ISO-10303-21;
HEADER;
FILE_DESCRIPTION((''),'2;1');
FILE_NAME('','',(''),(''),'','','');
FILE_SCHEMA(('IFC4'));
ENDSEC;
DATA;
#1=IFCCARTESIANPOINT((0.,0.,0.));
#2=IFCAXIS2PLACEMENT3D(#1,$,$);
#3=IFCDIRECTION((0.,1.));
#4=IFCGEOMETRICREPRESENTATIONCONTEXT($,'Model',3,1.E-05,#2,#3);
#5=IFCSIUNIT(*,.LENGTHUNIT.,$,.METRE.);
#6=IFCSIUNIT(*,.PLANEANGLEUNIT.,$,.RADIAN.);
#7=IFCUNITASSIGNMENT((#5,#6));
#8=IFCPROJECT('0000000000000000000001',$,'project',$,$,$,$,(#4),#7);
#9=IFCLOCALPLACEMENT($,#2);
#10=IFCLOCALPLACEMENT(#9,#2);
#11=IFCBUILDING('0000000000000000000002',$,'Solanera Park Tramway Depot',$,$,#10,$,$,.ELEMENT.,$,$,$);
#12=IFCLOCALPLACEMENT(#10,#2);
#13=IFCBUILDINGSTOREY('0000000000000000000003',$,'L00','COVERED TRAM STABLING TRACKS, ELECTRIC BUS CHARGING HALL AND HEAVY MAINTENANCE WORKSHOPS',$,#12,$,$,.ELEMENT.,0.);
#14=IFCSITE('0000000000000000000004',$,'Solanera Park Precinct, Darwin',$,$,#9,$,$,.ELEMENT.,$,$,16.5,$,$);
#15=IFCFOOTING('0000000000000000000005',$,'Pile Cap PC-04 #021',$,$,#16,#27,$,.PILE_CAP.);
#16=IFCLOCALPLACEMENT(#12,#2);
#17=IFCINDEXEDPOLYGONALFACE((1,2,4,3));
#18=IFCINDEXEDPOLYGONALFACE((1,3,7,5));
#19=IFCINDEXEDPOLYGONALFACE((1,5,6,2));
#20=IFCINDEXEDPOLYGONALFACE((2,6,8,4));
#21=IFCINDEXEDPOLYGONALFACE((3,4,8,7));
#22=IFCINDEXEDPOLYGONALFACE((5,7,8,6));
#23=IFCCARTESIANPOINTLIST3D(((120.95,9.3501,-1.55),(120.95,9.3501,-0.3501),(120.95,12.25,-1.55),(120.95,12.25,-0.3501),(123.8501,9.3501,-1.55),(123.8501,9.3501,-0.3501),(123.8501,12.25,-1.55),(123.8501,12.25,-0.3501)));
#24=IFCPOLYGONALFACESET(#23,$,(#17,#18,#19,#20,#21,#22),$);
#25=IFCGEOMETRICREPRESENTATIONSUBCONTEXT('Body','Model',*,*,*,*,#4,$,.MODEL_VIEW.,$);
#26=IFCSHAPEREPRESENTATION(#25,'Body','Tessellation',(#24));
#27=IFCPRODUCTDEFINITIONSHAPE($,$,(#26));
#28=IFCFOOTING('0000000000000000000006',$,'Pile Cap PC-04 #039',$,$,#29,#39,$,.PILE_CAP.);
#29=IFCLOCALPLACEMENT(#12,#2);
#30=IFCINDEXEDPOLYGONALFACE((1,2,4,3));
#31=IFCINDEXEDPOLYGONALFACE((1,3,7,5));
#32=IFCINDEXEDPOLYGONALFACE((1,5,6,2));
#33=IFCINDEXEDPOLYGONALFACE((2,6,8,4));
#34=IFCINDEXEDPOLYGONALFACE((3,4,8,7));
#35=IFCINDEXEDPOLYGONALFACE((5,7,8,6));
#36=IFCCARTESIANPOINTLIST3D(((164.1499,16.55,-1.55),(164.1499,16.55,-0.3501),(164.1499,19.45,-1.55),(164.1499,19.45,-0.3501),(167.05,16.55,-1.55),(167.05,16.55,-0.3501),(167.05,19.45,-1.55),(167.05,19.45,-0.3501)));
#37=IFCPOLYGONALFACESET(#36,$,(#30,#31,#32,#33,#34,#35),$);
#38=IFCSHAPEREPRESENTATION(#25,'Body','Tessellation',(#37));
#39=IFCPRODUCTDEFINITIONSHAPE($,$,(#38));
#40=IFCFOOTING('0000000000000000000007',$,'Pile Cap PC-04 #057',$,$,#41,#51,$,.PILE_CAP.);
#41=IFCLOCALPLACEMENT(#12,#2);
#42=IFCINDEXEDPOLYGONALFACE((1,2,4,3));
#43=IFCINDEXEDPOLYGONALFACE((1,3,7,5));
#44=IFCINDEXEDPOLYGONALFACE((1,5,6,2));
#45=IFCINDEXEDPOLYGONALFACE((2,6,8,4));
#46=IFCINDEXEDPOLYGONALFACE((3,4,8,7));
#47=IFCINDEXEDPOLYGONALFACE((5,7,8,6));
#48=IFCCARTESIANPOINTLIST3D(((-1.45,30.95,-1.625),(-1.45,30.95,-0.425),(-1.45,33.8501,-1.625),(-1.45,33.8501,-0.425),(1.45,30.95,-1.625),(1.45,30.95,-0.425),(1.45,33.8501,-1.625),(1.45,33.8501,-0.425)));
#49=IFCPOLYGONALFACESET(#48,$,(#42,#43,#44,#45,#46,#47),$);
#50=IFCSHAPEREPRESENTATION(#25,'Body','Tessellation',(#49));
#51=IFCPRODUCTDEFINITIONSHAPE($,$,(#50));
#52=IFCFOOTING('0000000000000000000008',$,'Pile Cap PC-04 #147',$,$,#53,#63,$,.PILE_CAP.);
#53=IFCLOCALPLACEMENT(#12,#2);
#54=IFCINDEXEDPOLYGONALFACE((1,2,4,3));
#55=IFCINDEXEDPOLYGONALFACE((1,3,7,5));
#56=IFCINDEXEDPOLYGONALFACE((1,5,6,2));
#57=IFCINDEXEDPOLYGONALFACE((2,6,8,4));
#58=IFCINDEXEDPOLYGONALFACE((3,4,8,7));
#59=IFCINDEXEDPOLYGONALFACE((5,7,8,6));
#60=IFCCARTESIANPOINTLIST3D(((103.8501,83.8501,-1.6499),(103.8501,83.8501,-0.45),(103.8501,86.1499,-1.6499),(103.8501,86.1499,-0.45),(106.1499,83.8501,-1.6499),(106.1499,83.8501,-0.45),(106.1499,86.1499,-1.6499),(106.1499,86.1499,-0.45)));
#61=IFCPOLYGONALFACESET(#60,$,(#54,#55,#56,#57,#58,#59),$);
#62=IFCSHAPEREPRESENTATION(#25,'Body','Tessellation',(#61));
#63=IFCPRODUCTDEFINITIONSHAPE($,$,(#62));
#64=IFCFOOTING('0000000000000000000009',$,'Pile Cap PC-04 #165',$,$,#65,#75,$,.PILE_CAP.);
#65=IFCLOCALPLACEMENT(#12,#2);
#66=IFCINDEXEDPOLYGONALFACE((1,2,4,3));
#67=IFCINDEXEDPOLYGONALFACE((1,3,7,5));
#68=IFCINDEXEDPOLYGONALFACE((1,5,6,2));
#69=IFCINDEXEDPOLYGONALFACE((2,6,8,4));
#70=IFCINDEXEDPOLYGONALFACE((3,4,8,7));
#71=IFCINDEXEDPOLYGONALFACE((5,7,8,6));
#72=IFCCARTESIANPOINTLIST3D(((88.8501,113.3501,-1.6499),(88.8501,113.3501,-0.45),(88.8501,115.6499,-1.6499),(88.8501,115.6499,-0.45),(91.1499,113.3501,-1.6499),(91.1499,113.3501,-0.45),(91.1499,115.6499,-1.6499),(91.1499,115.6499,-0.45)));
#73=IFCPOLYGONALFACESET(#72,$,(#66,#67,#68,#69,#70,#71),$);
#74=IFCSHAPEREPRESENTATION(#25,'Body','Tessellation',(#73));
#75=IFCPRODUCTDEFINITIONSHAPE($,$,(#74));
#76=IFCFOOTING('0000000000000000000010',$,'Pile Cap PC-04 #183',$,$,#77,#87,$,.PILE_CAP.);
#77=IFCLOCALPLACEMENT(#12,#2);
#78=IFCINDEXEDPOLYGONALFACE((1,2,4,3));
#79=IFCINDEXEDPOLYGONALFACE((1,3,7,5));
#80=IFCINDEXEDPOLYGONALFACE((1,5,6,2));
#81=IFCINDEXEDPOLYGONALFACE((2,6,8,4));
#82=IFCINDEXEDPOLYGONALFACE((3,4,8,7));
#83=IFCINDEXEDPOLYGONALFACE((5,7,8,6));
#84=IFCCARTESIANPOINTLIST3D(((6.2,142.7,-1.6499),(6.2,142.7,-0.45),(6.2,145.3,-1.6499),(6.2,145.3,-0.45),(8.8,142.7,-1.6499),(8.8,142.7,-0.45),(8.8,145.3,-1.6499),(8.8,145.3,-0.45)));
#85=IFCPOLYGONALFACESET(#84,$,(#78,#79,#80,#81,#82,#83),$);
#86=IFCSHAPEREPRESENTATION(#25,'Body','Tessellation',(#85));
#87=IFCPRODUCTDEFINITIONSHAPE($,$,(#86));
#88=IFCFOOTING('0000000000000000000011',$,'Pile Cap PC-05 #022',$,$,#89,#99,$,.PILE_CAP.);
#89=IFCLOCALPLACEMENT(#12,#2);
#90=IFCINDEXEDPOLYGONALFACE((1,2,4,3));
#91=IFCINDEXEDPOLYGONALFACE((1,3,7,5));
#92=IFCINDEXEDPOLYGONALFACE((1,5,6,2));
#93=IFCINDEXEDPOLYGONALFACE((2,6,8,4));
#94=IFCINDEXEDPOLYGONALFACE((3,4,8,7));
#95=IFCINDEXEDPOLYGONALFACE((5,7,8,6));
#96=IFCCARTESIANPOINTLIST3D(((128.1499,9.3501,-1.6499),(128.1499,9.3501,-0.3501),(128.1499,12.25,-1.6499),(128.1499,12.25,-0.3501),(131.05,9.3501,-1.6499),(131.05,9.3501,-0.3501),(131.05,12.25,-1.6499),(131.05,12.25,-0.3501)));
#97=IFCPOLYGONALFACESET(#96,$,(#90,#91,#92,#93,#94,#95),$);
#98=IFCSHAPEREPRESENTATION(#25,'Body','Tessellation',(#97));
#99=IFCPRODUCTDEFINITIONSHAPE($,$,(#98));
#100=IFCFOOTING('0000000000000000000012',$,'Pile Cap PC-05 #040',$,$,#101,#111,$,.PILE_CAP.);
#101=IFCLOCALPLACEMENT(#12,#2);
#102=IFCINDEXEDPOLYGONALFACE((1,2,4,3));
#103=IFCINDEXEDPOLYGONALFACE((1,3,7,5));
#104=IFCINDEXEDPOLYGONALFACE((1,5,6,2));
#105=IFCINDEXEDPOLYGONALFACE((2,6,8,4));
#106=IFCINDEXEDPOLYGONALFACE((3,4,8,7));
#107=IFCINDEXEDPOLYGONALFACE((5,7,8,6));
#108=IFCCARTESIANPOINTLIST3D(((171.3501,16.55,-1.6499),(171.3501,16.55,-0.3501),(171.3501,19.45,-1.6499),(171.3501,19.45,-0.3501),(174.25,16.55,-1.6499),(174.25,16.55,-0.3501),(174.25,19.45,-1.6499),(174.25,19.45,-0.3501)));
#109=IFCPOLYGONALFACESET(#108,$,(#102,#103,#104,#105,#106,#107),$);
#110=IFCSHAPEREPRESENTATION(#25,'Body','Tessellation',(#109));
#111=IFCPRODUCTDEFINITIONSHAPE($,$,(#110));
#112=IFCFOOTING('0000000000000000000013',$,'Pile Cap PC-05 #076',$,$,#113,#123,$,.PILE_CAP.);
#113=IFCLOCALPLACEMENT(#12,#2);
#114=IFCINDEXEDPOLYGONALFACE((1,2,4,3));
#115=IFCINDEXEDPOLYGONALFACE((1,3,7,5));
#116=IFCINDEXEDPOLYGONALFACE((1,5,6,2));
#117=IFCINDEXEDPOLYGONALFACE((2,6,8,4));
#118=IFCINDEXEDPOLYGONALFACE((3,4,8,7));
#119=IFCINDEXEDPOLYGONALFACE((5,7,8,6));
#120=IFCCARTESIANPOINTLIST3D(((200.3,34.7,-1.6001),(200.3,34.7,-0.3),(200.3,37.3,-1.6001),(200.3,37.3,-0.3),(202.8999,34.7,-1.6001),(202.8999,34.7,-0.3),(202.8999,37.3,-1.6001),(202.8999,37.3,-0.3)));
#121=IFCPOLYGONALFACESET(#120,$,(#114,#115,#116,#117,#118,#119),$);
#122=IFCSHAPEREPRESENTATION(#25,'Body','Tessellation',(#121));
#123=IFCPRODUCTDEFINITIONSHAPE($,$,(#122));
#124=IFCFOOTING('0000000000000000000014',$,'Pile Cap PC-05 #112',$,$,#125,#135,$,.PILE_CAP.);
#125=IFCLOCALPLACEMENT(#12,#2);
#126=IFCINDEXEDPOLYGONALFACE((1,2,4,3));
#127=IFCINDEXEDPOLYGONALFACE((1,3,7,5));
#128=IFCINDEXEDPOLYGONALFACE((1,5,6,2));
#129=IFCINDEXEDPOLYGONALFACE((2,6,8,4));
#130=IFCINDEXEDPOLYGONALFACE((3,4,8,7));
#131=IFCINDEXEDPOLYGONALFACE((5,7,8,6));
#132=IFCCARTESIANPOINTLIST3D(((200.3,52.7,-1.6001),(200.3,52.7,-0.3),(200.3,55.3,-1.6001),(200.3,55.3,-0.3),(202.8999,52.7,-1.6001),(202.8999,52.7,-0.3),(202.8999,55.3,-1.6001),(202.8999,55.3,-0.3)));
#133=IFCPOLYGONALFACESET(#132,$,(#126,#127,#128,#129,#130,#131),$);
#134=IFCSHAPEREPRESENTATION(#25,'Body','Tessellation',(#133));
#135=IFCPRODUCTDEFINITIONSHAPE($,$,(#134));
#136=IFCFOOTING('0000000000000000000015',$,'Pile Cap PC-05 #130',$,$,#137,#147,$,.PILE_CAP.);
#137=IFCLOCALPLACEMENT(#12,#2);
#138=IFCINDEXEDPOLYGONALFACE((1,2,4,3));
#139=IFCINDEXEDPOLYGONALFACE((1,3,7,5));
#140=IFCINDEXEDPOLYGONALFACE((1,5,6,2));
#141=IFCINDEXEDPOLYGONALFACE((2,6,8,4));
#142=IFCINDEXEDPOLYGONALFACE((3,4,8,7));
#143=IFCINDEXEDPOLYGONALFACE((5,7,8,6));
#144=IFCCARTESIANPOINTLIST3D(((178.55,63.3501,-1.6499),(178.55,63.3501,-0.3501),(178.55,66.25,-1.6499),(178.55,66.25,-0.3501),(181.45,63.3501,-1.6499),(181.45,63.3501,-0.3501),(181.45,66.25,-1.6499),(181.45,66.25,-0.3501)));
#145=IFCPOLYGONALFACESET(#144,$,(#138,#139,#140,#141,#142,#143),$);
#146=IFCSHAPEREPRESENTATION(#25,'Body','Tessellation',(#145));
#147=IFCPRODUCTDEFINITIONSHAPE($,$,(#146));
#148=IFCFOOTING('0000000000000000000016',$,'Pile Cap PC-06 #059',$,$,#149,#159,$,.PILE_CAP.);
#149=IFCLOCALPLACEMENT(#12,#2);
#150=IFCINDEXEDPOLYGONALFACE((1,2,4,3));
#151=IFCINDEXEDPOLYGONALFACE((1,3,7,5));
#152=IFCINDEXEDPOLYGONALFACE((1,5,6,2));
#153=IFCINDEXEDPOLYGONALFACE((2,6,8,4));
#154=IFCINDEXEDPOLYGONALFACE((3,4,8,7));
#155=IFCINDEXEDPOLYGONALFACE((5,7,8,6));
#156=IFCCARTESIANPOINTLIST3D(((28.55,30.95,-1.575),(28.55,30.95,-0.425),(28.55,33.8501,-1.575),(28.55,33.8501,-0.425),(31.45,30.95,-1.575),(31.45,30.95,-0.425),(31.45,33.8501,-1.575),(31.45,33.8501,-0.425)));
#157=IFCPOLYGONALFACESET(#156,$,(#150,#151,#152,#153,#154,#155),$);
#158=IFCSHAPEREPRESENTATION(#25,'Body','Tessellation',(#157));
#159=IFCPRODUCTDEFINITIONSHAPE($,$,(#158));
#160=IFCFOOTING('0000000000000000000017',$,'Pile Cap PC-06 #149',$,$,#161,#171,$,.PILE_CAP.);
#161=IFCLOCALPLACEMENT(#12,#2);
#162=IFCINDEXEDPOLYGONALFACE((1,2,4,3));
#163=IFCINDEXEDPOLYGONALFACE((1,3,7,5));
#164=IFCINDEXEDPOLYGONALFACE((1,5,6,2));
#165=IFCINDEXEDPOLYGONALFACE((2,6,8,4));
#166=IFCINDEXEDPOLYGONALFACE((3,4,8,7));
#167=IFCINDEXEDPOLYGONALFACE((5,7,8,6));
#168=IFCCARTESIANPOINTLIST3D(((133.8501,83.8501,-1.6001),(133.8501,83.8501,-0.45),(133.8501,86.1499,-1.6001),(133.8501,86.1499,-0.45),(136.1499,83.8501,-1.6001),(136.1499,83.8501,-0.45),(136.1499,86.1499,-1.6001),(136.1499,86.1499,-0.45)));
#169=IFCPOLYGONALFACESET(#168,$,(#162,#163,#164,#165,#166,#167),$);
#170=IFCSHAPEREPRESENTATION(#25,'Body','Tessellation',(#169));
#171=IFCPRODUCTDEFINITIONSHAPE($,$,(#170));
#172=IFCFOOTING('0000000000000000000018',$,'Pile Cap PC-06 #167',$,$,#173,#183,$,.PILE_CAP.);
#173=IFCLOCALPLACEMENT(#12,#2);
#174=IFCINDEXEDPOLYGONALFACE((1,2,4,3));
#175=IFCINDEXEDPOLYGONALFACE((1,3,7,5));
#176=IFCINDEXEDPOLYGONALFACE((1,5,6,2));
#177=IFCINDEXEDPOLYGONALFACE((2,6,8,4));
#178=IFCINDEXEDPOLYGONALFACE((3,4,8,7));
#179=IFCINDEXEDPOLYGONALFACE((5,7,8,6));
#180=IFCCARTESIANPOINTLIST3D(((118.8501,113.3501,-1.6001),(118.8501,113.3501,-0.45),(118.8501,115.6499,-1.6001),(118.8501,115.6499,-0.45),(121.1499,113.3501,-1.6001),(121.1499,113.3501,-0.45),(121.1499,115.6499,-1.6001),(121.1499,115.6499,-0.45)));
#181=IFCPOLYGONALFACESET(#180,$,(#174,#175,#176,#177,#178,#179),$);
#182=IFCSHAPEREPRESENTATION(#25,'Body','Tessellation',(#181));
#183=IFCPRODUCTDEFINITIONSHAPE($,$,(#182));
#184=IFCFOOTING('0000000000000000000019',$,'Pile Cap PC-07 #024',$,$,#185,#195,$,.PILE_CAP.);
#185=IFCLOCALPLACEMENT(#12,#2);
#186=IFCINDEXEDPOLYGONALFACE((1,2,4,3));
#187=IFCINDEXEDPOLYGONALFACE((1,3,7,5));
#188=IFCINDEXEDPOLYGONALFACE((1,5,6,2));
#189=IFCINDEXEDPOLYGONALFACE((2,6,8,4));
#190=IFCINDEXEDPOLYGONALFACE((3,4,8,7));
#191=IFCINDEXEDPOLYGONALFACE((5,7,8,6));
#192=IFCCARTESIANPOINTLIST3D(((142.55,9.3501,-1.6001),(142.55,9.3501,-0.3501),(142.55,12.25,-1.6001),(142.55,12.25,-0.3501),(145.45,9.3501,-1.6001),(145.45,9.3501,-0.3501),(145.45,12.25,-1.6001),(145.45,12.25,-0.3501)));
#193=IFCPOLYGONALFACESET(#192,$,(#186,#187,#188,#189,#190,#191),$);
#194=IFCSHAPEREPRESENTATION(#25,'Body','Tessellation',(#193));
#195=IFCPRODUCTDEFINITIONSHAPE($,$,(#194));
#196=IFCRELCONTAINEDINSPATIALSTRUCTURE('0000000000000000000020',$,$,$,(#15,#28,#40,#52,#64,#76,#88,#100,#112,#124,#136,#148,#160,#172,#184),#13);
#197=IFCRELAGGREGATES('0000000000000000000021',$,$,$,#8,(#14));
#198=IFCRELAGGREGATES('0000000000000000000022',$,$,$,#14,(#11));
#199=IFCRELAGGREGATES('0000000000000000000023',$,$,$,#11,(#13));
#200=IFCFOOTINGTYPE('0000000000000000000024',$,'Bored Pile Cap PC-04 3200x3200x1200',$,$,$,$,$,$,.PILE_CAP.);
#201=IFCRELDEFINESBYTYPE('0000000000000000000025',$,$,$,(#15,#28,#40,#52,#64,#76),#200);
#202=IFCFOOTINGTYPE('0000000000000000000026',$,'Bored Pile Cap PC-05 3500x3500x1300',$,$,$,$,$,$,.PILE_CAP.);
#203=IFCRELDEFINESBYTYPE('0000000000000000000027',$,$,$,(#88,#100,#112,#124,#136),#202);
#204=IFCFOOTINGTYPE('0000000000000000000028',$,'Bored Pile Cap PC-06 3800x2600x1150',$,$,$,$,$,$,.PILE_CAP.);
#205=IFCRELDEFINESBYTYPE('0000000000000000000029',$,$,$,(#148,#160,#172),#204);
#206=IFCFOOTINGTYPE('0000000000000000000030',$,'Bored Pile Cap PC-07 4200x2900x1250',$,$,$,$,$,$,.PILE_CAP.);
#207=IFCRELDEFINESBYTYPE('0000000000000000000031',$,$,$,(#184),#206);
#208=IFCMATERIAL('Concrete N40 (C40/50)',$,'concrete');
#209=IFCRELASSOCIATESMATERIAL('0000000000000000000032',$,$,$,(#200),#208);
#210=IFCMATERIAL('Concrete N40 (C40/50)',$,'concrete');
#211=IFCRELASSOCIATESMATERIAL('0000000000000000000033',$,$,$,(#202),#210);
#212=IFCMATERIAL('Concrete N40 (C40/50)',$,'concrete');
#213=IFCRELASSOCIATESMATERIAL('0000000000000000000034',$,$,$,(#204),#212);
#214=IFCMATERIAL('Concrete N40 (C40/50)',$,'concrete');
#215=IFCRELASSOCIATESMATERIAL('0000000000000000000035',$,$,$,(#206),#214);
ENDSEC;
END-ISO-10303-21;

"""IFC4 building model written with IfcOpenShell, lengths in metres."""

from ifc_helpers import new_model, si_unit, direction, frame, origin, place, context, subcontext, project, spatial, polyline, outline, extrude, material, type_object, element, save


model = new_model("IFC4")

# Units and contexts
model_context = context("Model", 3, precision=1e-05, world=origin(), true_north=direction((0.0, 1.0)))
body_context = subcontext(model_context, "Body", "Model", "MODEL_VIEW")
ifc_project = project(units=[si_unit("LENGTHUNIT", "METRE"), si_unit("PLANEANGLEUNIT", "RADIAN")], contexts=[model_context])

# Site, building, storey
site_placement = place(None, origin())
site = spatial("IfcSite", under=ifc_project, at=site_placement, Name="Solanera Park Precinct, Darwin", CompositionType="ELEMENT", RefElevation=16.5)
building_placement = place(site_placement, origin())
building = spatial("IfcBuilding", under=site, at=building_placement, Name="Solanera Park Tramway Depot", CompositionType="ELEMENT")
storey_placement = place(building_placement, origin())
storey = spatial("IfcBuildingStorey", under=building, at=storey_placement, Name="L00", Description="COVERED TRAM STABLING TRACKS, ELECTRIC BUS CHARGING HALL AND HEAVY MAINTENANCE WORKSHOPS", CompositionType="ELEMENT", Elevation=0.0)

# Footings
ifc_material_1 = material(Name="Concrete N40 (C40/50)", Category="concrete")
footing_type_1 = type_object("IfcFootingType", Name="Bored Pile Cap PC-04 3200x3200x1200", PredefinedType="PILE_CAP", material=ifc_material_1)
footing_1_placement = place(storey_placement, frame((0.0, 0.0, -1.55)))
element("IfcFooting", 1, at=footing_1_placement, inside=storey, type_object=footing_type_1, Name="Pile Cap PC-04 #021", PredefinedType="PILE_CAP", context=body_context, shape_type="SweptSolid", body=[
    extrude(outline(polyline([(123.8501, 9.3501), (123.8501, 12.25), (120.95, 12.25), (120.95, 9.3501), (123.8501, 9.3501)])), origin(), (0.0, 0.0, 1.0), 1.2),
])
footing_2_placement = place(storey_placement, frame((0.0, 0.0, -1.55)))
element("IfcFooting", 2, at=footing_2_placement, inside=storey, type_object=footing_type_1, Name="Pile Cap PC-04 #039", PredefinedType="PILE_CAP", context=body_context, shape_type="SweptSolid", body=[
    extrude(outline(polyline([(167.05, 16.55), (167.05, 19.45), (164.1499, 19.45), (164.1499, 16.55), (167.05, 16.55)])), origin(), (0.0, 0.0, 1.0), 1.2),
])
footing_3_placement = place(storey_placement, frame((0.0, 0.0, -1.625)))
element("IfcFooting", 3, at=footing_3_placement, inside=storey, type_object=footing_type_1, Name="Pile Cap PC-04 #057", PredefinedType="PILE_CAP", context=body_context, shape_type="SweptSolid", body=[
    extrude(outline(polyline([(1.45, 30.95), (1.45, 33.8501), (-1.45, 33.8501), (-1.45, 30.95), (1.45, 30.95)])), origin(), (0.0, 0.0, 1.0), 1.2),
])
footing_4_placement = place(storey_placement, frame((0.0, 0.0, -1.6499)))
element("IfcFooting", 4, at=footing_4_placement, inside=storey, type_object=footing_type_1, Name="Pile Cap PC-04 #147", PredefinedType="PILE_CAP", context=body_context, shape_type="SweptSolid", body=[
    extrude(outline(polyline([(106.1499, 83.8501), (106.1499, 86.1499), (103.8501, 86.1499), (103.8501, 83.8501), (106.1499, 83.8501)])), origin(), (0.0, 0.0, 1.0), 1.2),
])
footing_5_placement = place(storey_placement, frame((0.0, 0.0, -1.6499)))
element("IfcFooting", 5, at=footing_5_placement, inside=storey, type_object=footing_type_1, Name="Pile Cap PC-04 #165", PredefinedType="PILE_CAP", context=body_context, shape_type="SweptSolid", body=[
    extrude(outline(polyline([(91.1499, 113.3501), (91.1499, 115.6499), (88.8501, 115.6499), (88.8501, 113.3501), (91.1499, 113.3501)])), origin(), (0.0, 0.0, 1.0), 1.2),
])
footing_6_placement = place(storey_placement, frame((0.0, 0.0, -1.6499)))
element("IfcFooting", 6, at=footing_6_placement, inside=storey, type_object=footing_type_1, Name="Pile Cap PC-04 #183", PredefinedType="PILE_CAP", context=body_context, shape_type="SweptSolid", body=[
    extrude(outline(polyline([(8.8, 142.7), (8.8, 145.3), (6.2, 145.3), (6.2, 142.7), (8.8, 142.7)])), origin(), (0.0, 0.0, 1.0), 1.2),
])
ifc_material_2 = material(Name="Concrete N40 (C40/50)", Category="concrete")
footing_type_2 = type_object("IfcFootingType", Name="Bored Pile Cap PC-05 3500x3500x1300", PredefinedType="PILE_CAP", material=ifc_material_2)
footing_7_placement = place(storey_placement, frame((0.0, 0.0, -1.6499)))
element("IfcFooting", 7, at=footing_7_placement, inside=storey, type_object=footing_type_2, Name="Pile Cap PC-05 #022", PredefinedType="PILE_CAP", context=body_context, shape_type="SweptSolid", body=[
    extrude(outline(polyline([(131.05, 9.3501), (131.05, 12.25), (128.1499, 12.25), (128.1499, 9.3501), (131.05, 9.3501)])), origin(), (0.0, 0.0, 1.0), 1.2998),
])
footing_8_placement = place(storey_placement, frame((0.0, 0.0, -1.6499)))
element("IfcFooting", 8, at=footing_8_placement, inside=storey, type_object=footing_type_2, Name="Pile Cap PC-05 #040", PredefinedType="PILE_CAP", context=body_context, shape_type="SweptSolid", body=[
    extrude(outline(polyline([(174.25, 16.55), (174.25, 19.45), (171.3501, 19.45), (171.3501, 16.55), (174.25, 16.55)])), origin(), (0.0, 0.0, 1.0), 1.2998),
])
footing_9_placement = place(storey_placement, frame((0.0, 0.0, -1.6001)))
element("IfcFooting", 9, at=footing_9_placement, inside=storey, type_object=footing_type_2, Name="Pile Cap PC-05 #076", PredefinedType="PILE_CAP", context=body_context, shape_type="SweptSolid", body=[
    extrude(outline(polyline([(202.8999, 34.7), (202.8999, 37.3), (200.3, 37.3), (200.3, 34.7), (202.8999, 34.7)])), origin(), (0.0, 0.0, 1.0), 1.3),
])
footing_10_placement = place(storey_placement, frame((0.0, 0.0, -1.6001)))
element("IfcFooting", 10, at=footing_10_placement, inside=storey, type_object=footing_type_2, Name="Pile Cap PC-05 #112", PredefinedType="PILE_CAP", context=body_context, shape_type="SweptSolid", body=[
    extrude(outline(polyline([(202.8999, 52.7), (202.8999, 55.3), (200.3, 55.3), (200.3, 52.7), (202.8999, 52.7)])), origin(), (0.0, 0.0, 1.0), 1.3),
])
footing_11_placement = place(storey_placement, frame((0.0, 0.0, -1.6499)))
element("IfcFooting", 11, at=footing_11_placement, inside=storey, type_object=footing_type_2, Name="Pile Cap PC-05 #130", PredefinedType="PILE_CAP", context=body_context, shape_type="SweptSolid", body=[
    extrude(outline(polyline([(181.45, 63.3501), (181.45, 66.25), (178.55, 66.25), (178.55, 63.3501), (181.45, 63.3501)])), origin(), (0.0, 0.0, 1.0), 1.2998),
])
ifc_material_3 = material(Name="Concrete N40 (C40/50)", Category="concrete")
footing_type_3 = type_object("IfcFootingType", Name="Bored Pile Cap PC-06 3800x2600x1150", PredefinedType="PILE_CAP", material=ifc_material_3)
footing_12_placement = place(storey_placement, frame((0.0, 0.0, -1.575)))
element("IfcFooting", 12, at=footing_12_placement, inside=storey, type_object=footing_type_3, Name="Pile Cap PC-06 #059", PredefinedType="PILE_CAP", context=body_context, shape_type="SweptSolid", body=[
    extrude(outline(polyline([(31.45, 30.95), (31.45, 33.8501), (28.55, 33.8501), (28.55, 30.95), (31.45, 30.95)])), origin(), (0.0, 0.0, 1.0), 1.1499),
])
footing_13_placement = place(storey_placement, frame((0.0, 0.0, -1.6001)))
element("IfcFooting", 13, at=footing_13_placement, inside=storey, type_object=footing_type_3, Name="Pile Cap PC-06 #149", PredefinedType="PILE_CAP", context=body_context, shape_type="SweptSolid", body=[
    extrude(outline(polyline([(136.1499, 83.8501), (136.1499, 86.1499), (133.8501, 86.1499), (133.8501, 83.8501), (136.1499, 83.8501)])), origin(), (0.0, 0.0, 1.0), 1.1501),
])
footing_14_placement = place(storey_placement, frame((0.0, 0.0, -1.6001)))
element("IfcFooting", 14, at=footing_14_placement, inside=storey, type_object=footing_type_3, Name="Pile Cap PC-06 #167", PredefinedType="PILE_CAP", context=body_context, shape_type="SweptSolid", body=[
    extrude(outline(polyline([(121.1499, 113.3501), (121.1499, 115.6499), (118.8501, 115.6499), (118.8501, 113.3501), (121.1499, 113.3501)])), origin(), (0.0, 0.0, 1.0), 1.1501),
])
ifc_material_4 = material(Name="Concrete N40 (C40/50)", Category="concrete")
footing_type_4 = type_object("IfcFootingType", Name="Bored Pile Cap PC-07 4200x2900x1250", PredefinedType="PILE_CAP", material=ifc_material_4)
footing_15_placement = place(storey_placement, frame((0.0, 0.0, -1.6001)))
element("IfcFooting", 15, at=footing_15_placement, inside=storey, type_object=footing_type_4, Name="Pile Cap PC-07 #024", PredefinedType="PILE_CAP", context=body_context, shape_type="SweptSolid", body=[
    extrude(outline(polyline([(145.45, 9.3501), (145.45, 12.25), (142.55, 12.25), (142.55, 9.3501), (145.45, 9.3501)])), origin(), (0.0, 0.0, 1.0), 1.25),
])

save(model, "model.ifc")
